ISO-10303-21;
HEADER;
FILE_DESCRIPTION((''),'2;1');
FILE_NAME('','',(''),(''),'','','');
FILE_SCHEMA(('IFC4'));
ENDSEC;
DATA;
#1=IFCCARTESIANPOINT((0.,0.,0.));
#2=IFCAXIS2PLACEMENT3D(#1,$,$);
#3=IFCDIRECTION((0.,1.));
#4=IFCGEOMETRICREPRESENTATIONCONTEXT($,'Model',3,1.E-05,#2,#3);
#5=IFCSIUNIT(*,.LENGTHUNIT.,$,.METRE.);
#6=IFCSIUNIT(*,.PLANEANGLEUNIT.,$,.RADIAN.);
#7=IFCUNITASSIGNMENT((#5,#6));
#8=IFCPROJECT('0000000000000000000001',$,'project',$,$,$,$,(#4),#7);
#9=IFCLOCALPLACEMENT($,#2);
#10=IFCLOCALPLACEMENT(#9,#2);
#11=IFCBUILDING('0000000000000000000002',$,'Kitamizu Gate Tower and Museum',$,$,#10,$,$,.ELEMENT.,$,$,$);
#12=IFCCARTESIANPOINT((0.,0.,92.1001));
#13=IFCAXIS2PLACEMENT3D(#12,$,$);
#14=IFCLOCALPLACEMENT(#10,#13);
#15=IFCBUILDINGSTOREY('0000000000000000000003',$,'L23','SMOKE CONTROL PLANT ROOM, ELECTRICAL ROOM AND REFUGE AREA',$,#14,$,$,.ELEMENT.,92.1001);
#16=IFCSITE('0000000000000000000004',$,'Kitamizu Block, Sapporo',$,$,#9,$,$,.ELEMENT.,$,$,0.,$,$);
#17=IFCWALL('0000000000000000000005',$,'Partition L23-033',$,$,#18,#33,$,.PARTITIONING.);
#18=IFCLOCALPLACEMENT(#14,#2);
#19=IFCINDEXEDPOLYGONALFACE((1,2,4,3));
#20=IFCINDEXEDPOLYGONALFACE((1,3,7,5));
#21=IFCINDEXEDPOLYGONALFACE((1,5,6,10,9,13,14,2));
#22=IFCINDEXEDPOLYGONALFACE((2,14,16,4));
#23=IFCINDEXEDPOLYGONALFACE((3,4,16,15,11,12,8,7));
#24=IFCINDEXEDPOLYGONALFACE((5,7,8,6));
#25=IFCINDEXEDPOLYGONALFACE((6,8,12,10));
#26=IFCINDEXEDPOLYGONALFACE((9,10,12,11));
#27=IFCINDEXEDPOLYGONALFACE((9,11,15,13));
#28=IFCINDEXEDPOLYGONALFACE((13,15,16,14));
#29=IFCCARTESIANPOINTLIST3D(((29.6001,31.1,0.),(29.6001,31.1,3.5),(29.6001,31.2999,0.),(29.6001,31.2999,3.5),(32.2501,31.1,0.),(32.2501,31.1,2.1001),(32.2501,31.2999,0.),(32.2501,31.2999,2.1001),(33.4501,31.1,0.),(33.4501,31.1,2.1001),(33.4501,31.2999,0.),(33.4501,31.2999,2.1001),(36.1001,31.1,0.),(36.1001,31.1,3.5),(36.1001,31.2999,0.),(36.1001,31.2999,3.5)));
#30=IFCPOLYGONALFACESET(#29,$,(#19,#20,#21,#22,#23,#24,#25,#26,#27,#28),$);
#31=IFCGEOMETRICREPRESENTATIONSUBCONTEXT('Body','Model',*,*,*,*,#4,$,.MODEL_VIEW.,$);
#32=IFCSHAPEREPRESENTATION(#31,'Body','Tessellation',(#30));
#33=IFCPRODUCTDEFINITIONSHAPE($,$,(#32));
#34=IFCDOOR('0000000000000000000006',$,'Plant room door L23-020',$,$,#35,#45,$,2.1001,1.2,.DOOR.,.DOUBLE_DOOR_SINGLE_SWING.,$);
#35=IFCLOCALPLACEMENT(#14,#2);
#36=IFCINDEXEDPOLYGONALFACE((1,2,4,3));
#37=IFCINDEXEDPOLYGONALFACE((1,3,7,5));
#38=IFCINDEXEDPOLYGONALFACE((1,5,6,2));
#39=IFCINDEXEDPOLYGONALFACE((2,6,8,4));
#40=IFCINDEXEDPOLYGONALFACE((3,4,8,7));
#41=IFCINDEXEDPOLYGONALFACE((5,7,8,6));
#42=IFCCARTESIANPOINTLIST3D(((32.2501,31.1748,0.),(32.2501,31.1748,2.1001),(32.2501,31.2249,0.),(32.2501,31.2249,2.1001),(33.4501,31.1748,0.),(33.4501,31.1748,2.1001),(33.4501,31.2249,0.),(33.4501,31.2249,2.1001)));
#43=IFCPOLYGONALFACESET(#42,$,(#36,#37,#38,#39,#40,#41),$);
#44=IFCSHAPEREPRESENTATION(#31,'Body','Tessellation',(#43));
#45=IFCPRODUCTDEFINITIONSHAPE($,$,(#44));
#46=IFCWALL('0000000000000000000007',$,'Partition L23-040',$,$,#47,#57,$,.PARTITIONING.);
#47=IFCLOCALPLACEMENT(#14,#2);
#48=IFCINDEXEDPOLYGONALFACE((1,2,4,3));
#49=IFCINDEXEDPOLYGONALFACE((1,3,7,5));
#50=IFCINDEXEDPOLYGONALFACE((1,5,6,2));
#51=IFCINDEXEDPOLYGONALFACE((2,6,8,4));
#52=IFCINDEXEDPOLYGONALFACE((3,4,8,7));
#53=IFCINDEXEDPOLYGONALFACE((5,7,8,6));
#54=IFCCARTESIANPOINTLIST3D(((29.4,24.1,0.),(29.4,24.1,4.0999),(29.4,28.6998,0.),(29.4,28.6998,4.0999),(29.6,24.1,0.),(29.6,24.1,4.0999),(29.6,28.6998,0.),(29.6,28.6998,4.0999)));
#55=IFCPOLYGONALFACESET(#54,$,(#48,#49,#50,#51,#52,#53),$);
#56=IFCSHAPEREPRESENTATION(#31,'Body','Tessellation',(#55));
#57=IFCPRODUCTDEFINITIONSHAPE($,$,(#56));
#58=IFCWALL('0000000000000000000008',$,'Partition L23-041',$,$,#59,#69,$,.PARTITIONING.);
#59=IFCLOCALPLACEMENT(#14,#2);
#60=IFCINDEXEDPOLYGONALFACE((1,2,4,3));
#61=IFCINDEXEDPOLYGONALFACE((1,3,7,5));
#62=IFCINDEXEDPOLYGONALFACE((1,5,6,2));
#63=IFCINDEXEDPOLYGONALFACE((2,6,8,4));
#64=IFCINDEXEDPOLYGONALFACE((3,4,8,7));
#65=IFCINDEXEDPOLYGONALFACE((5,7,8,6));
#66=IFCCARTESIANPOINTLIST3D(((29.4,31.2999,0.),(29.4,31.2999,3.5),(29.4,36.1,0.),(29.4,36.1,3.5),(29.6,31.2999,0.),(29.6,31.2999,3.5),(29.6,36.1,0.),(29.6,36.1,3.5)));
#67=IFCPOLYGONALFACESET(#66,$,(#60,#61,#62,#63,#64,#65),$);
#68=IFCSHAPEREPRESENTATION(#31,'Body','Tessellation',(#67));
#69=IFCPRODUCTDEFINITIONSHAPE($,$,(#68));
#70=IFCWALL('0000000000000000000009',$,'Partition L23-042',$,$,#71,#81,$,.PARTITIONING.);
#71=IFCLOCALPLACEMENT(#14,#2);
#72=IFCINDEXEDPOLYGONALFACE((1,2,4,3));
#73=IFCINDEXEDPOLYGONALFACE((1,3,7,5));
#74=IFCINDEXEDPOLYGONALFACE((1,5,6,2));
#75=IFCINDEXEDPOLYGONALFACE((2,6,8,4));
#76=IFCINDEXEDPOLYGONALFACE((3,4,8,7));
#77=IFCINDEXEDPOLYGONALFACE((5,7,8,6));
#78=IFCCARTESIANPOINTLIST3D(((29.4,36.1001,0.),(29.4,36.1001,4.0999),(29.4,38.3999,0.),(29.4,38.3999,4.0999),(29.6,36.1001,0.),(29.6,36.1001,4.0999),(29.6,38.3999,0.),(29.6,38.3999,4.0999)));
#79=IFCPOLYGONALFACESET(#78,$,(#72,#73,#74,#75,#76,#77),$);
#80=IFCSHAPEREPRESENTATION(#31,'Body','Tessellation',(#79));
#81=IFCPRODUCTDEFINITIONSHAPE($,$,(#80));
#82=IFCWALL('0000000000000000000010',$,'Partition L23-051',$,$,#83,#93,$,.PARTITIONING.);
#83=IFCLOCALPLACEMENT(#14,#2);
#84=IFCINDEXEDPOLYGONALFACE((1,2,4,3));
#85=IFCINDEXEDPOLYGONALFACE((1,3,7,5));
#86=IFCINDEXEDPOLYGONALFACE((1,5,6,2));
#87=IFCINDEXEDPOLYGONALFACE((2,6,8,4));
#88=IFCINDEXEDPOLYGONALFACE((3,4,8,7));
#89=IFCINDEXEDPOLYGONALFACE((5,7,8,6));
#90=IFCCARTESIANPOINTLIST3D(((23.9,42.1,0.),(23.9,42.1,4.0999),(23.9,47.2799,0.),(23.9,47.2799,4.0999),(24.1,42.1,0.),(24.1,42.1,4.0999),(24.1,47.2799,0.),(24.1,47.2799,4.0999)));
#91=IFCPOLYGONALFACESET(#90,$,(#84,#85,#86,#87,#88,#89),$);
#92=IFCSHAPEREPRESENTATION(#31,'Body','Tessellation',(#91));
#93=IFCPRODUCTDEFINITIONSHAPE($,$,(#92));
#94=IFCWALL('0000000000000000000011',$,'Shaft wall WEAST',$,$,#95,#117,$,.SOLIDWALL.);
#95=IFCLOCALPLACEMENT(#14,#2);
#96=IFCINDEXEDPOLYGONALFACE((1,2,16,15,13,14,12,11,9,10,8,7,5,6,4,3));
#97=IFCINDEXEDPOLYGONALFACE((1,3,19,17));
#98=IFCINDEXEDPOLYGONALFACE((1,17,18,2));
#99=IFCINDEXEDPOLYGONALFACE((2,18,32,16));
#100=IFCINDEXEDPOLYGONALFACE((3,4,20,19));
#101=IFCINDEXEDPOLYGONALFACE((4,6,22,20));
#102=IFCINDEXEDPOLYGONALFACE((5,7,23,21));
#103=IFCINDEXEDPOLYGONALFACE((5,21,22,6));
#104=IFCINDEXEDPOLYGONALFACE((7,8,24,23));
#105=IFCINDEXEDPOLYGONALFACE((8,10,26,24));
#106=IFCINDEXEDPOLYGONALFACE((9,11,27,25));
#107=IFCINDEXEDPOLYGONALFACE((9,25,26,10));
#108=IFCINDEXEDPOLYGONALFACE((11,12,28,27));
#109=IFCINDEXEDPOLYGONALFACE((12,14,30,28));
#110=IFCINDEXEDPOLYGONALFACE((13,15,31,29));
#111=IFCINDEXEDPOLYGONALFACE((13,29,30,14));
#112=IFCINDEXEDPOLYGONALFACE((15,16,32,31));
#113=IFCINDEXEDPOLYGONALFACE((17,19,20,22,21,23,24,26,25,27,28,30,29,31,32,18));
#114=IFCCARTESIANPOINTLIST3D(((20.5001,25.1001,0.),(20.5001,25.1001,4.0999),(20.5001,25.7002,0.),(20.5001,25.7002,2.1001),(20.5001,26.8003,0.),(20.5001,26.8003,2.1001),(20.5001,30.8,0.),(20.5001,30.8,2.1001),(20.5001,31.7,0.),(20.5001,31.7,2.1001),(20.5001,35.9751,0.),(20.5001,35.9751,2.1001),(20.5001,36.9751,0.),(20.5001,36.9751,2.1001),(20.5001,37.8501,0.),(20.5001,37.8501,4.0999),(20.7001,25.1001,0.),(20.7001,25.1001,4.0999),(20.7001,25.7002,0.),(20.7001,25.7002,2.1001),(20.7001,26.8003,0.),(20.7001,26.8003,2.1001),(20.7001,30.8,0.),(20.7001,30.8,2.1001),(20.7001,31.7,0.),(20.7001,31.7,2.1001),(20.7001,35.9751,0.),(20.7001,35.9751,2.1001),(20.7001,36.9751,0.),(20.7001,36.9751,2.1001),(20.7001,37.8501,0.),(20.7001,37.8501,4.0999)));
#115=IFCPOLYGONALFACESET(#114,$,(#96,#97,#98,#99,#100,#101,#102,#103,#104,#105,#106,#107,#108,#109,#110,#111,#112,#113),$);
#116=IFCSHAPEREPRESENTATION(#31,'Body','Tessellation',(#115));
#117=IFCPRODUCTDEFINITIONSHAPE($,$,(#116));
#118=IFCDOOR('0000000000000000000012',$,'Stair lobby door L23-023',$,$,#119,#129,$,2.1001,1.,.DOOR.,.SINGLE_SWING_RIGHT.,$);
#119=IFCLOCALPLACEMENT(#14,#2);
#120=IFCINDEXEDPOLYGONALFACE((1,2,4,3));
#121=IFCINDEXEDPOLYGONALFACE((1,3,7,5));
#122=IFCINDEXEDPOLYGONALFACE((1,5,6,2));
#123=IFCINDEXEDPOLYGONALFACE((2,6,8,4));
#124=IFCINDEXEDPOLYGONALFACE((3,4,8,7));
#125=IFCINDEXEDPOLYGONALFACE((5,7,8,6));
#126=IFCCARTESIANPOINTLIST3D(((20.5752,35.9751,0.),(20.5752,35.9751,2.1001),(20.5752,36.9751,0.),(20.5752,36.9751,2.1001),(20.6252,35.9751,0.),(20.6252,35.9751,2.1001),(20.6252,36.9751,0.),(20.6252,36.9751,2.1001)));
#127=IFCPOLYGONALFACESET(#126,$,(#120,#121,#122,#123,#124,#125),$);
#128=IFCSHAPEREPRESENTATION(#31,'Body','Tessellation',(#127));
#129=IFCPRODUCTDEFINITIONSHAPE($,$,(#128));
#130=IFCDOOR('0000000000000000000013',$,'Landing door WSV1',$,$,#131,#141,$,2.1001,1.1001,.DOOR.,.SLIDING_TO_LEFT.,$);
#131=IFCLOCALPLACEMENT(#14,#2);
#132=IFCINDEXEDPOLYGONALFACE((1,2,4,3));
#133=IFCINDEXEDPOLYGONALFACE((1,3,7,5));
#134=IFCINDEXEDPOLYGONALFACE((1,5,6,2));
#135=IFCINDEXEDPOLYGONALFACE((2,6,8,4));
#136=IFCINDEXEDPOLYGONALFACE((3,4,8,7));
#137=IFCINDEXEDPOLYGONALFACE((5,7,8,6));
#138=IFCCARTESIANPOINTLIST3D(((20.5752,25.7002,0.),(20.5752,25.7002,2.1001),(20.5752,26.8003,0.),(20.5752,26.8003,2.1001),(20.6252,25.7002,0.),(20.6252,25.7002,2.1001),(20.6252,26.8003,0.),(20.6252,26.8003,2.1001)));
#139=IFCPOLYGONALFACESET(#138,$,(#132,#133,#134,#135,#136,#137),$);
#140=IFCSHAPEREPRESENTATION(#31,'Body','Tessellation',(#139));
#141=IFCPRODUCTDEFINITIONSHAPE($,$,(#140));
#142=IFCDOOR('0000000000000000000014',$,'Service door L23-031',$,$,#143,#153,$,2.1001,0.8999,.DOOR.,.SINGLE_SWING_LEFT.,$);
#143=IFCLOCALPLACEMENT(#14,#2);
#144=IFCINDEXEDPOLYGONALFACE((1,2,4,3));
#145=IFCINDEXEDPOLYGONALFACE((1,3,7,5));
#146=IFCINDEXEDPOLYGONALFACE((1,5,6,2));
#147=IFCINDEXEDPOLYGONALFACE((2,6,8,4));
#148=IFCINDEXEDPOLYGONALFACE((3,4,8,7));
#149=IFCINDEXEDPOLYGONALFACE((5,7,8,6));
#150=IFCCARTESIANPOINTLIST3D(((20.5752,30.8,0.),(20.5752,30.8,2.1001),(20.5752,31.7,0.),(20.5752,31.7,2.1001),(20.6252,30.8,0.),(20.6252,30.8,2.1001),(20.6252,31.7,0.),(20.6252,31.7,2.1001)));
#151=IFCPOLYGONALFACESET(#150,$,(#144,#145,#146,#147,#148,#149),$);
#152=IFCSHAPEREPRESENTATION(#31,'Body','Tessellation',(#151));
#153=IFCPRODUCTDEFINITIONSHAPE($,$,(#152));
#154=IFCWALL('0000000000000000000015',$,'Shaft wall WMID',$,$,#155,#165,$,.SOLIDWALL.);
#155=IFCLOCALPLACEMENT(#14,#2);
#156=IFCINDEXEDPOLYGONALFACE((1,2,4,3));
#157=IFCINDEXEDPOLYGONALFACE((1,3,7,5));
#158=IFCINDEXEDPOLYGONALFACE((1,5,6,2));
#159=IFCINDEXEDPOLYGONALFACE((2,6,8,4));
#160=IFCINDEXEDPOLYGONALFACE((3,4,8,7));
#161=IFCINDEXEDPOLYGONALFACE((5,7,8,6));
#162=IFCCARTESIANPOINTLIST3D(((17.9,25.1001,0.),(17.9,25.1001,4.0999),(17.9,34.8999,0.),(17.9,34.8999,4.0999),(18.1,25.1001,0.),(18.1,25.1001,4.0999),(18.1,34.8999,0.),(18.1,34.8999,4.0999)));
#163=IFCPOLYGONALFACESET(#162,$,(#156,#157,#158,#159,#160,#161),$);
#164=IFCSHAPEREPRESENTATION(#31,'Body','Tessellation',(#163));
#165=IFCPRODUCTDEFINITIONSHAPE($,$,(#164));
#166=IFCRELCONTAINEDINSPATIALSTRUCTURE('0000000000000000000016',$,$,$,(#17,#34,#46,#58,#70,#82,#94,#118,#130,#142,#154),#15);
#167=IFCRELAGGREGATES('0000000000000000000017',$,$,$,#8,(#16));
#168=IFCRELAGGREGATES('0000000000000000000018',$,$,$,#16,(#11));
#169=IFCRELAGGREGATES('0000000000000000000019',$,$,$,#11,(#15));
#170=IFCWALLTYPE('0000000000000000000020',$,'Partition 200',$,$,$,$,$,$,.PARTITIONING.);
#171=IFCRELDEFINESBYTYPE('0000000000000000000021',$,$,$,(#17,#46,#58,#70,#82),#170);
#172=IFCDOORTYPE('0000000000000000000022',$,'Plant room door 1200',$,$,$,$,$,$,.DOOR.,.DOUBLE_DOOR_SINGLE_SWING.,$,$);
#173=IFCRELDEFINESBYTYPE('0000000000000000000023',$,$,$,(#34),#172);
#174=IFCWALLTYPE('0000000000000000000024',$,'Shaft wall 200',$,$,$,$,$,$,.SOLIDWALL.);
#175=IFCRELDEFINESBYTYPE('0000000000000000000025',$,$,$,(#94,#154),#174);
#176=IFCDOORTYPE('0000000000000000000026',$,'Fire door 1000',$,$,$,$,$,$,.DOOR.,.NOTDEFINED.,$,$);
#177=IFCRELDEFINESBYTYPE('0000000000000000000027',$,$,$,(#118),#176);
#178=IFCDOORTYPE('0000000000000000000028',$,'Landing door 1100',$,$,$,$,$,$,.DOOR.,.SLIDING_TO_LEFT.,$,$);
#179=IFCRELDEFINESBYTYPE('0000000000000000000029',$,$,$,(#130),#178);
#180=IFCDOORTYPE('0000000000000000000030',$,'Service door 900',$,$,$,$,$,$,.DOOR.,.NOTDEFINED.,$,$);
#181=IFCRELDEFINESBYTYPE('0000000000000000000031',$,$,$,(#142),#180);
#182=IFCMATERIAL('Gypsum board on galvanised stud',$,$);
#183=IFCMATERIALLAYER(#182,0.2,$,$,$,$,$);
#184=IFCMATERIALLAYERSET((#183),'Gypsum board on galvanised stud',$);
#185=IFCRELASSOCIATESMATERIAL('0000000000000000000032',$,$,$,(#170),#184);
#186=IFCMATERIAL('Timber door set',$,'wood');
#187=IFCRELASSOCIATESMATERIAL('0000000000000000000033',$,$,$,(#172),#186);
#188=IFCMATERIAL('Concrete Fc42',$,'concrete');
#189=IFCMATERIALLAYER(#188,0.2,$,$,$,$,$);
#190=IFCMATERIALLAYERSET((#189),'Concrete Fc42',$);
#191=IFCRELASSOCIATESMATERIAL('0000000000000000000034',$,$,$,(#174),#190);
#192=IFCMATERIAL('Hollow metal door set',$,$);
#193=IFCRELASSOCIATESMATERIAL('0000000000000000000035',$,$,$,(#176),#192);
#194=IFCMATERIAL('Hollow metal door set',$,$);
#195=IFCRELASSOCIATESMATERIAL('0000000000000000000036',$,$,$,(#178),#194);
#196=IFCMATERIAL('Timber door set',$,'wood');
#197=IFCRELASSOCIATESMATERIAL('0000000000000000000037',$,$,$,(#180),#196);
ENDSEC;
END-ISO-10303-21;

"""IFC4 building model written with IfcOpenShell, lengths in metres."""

from ifc_helpers import new_model, si_unit, direction, frame, frame_2d, origin, place, context, subcontext, project, spatial, rectangle, extrude, material, layer, layer_set, type_object, element, fill, save


model = new_model("IFC4")

# Units and contexts
model_context = context("Model", 3, precision=1e-05, world=origin(), true_north=direction((0.0, 1.0)))
body_context = subcontext(model_context, "Body", "Model", "MODEL_VIEW")
ifc_project = project(units=[si_unit("LENGTHUNIT", "METRE"), si_unit("PLANEANGLEUNIT", "RADIAN")], contexts=[model_context])

# Site, building, storey
site_placement = place(None, origin())
site = spatial("IfcSite", under=ifc_project, at=site_placement, Name="Kitamizu Block, Sapporo", CompositionType="ELEMENT", RefElevation=0.0)
building_placement = place(site_placement, origin())
building = spatial("IfcBuilding", under=site, at=building_placement, Name="Kitamizu Gate Tower and Museum", CompositionType="ELEMENT")
storey_placement = place(building_placement, frame((0.0, 0.0, 92.1001)))
storey = spatial("IfcBuildingStorey", under=building, at=storey_placement, Name="L23", Description="SMOKE CONTROL PLANT ROOM, ELECTRICAL ROOM AND REFUGE AREA", CompositionType="ELEMENT", Elevation=92.1001)

# Shared definitions
ifc_material_1 = material(Name="Gypsum board on galvanised stud")
ifc_layer_1 = layer(ifc_material_1, 0.2)
ifc_layer_set_1 = layer_set([ifc_layer_1], Name="Gypsum board on galvanised stud")
wall_type_1 = type_object("IfcWallType", Name="Partition 200", PredefinedType="PARTITIONING", material=ifc_layer_set_1)

# Shared definitions
ifc_material_2 = material(Name="Timber door set", Category="wood")
door_type_1 = type_object("IfcDoorType", Name="Plant room door 1200", OperationType="DOUBLE_DOOR_SINGLE_SWING", PredefinedType="DOOR", material=ifc_material_2)

# Wall, opening, door
wall_1_placement = place(storey_placement, frame((29.6001, 31.2, 0.0), z_axis=(0.0, 0.0, 1.0), x_axis=(1.0, 0.0, 0.0)))
wall_1 = element("IfcWall", 1, at=wall_1_placement, inside=storey, type_object=wall_type_1, Name="Partition L23-033", PredefinedType="PARTITIONING", context=body_context, shape_type="SweptSolid", body=[
    extrude(rectangle(XDim=6.5, YDim=0.2, at=frame_2d((3.25, 0.0))), origin(), (0.0, 0.0, 1.0), 3.5),
])
opening_1_placement = place(wall_1_placement, frame((2.6499, 0.0, 0.0)))
opening_1 = element("IfcOpeningElement", 2, at=opening_1_placement, cuts=wall_1, PredefinedType="OPENING", context=body_context, shape_type="SweptSolid", body=[
    extrude(rectangle(XDim=1.2, YDim=2.1001, at=frame_2d((0.6001, 1.05))), frame((0.0, 0.1099, 0.0), z_axis=(0.0, -1.0, 0.0), x_axis=(1.0, 0.0, 0.0)), (0.0, 0.0, 1.0), 0.22),
])
door_1_placement = place(opening_1_placement, origin())
door_1 = element("IfcDoor", 3, at=door_1_placement, inside=storey, type_object=door_type_1, Name="Plant room door L23-020", OperationType="DOUBLE_DOOR_SINGLE_SWING", OverallHeight=2.1001, OverallWidth=1.2, PredefinedType="DOOR", context=body_context, shape_type="SweptSolid", body=[
    extrude(rectangle(XDim=1.2, YDim=2.1001, at=frame_2d((0.6001, 1.05))), frame((0.0, 0.0249, 0.0), z_axis=(0.0, -1.0, 0.0), x_axis=(1.0, 0.0, 0.0)), (0.0, 0.0, 1.0), 0.05),
])
fill(opening_1, door_1)

# Walls
wall_2_placement = place(storey_placement, frame((29.5, 24.1001, 0.0), z_axis=(0.0, 0.0, 1.0), x_axis=(0.0, 1.0, 0.0)))
element("IfcWall", 4, at=wall_2_placement, inside=storey, type_object=wall_type_1, Name="Partition L23-040", PredefinedType="PARTITIONING", context=body_context, shape_type="SweptSolid", body=[
    extrude(rectangle(XDim=4.5999, YDim=0.2, at=frame_2d((2.2998, 0.0))), origin(), (0.0, 0.0, 1.0), 4.0999),
])
wall_3_placement = place(storey_placement, frame((29.5, 31.3, 0.0), z_axis=(0.0, 0.0, 1.0), x_axis=(0.0, 1.0, 0.0)))
element("IfcWall", 5, at=wall_3_placement, inside=storey, type_object=wall_type_1, Name="Partition L23-041", PredefinedType="PARTITIONING", context=body_context, shape_type="SweptSolid", body=[
    extrude(rectangle(XDim=4.8, YDim=0.2, at=frame_2d((2.3999, 0.0))), origin(), (0.0, 0.0, 1.0), 3.5),
])
wall_4_placement = place(storey_placement, frame((29.5, 36.1001, 0.0), z_axis=(0.0, 0.0, 1.0), x_axis=(0.0, 1.0, 0.0)))
element("IfcWall", 6, at=wall_4_placement, inside=storey, type_object=wall_type_1, Name="Partition L23-042", PredefinedType="PARTITIONING", context=body_context, shape_type="SweptSolid", body=[
    extrude(rectangle(XDim=2.2998, YDim=0.2, at=frame_2d((1.1499, 0.0))), origin(), (0.0, 0.0, 1.0), 4.0999),
])
wall_5_placement = place(storey_placement, frame((24.0, 42.1001, 0.0), z_axis=(0.0, 0.0, 1.0), x_axis=(0.0, 1.0, 0.0)))
element("IfcWall", 7, at=wall_5_placement, inside=storey, type_object=wall_type_1, Name="Partition L23-051", PredefinedType="PARTITIONING", context=body_context, shape_type="SweptSolid", body=[
    extrude(rectangle(XDim=5.1799, YDim=0.2, at=frame_2d((2.5898, 0.0))), origin(), (0.0, 0.0, 1.0), 4.0999),
])

# Wall, openings, doors
ifc_material_3 = material(Name="Concrete Fc42", Category="concrete")
ifc_layer_2 = layer(ifc_material_3, 0.2)
ifc_layer_set_2 = layer_set([ifc_layer_2], Name="Concrete Fc42")
wall_type_2 = type_object("IfcWallType", Name="Shaft wall 200", PredefinedType="SOLIDWALL", material=ifc_layer_set_2)
wall_6_placement = place(storey_placement, frame((20.6001, 25.1001, 0.0), z_axis=(0.0, 0.0, 1.0), x_axis=(0.0, 1.0, 0.0)))
wall_6 = element("IfcWall", 8, at=wall_6_placement, inside=storey, type_object=wall_type_2, Name="Shaft wall WEAST", PredefinedType="SOLIDWALL", context=body_context, shape_type="SweptSolid", body=[
    extrude(rectangle(XDim=12.75, YDim=0.2, at=frame_2d((6.375, 0.0))), origin(), (0.0, 0.0, 1.0), 4.0999),
])
opening_2_placement = place(wall_6_placement, frame((0.6001, 0.0, 0.0)))
opening_2 = element("IfcOpeningElement", 9, at=opening_2_placement, cuts=wall_6, PredefinedType="OPENING", context=body_context, shape_type="SweptSolid", body=[
    extrude(rectangle(XDim=1.1001, YDim=2.1001, at=frame_2d((0.55, 1.05))), frame((0.0, 0.1099, 0.0), z_axis=(0.0, -1.0, 0.0), x_axis=(1.0, 0.0, 0.0)), (0.0, 0.0, 1.0), 0.22),
])
opening_3_placement = place(wall_6_placement, frame((10.875, 0.0, 0.0)))
opening_3 = element("IfcOpeningElement", 10, at=opening_3_placement, cuts=wall_6, PredefinedType="OPENING", context=body_context, shape_type="SweptSolid", body=[
    extrude(rectangle(XDim=1.0, YDim=2.1001, at=frame_2d((0.5, 1.05))), frame((0.0, 0.1099, 0.0), z_axis=(0.0, -1.0, 0.0), x_axis=(1.0, 0.0, 0.0)), (0.0, 0.0, 1.0), 0.22),
])
opening_4_placement = place(wall_6_placement, frame((5.7, 0.0, 0.0)))
opening_4 = element("IfcOpeningElement", 11, at=opening_4_placement, cuts=wall_6, PredefinedType="OPENING", context=body_context, shape_type="SweptSolid", body=[
    extrude(rectangle(XDim=0.8999, YDim=2.1001, at=frame_2d((0.45, 1.05))), frame((0.0, 0.1099, 0.0), z_axis=(0.0, -1.0, 0.0), x_axis=(1.0, 0.0, 0.0)), (0.0, 0.0, 1.0), 0.22),
])
ifc_material_4 = material(Name="Hollow metal door set")
door_type_2 = type_object("IfcDoorType", Name="Fire door 1000", OperationType="NOTDEFINED", PredefinedType="DOOR", material=ifc_material_4)
door_2_placement = place(opening_3_placement, origin())
door_2 = element("IfcDoor", 12, at=door_2_placement, inside=storey, type_object=door_type_2, Name="Stair lobby door L23-023", OperationType="SINGLE_SWING_RIGHT", OverallHeight=2.1001, OverallWidth=1.0, PredefinedType="DOOR", context=body_context, shape_type="SweptSolid", body=[
    extrude(rectangle(XDim=1.0, YDim=2.1001, at=frame_2d((0.5, 1.05))), frame((0.0, 0.0249, 0.0), z_axis=(0.0, -1.0, 0.0), x_axis=(1.0, 0.0, 0.0)), (0.0, 0.0, 1.0), 0.05),
])
fill(opening_3, door_2)
ifc_material_5 = material(Name="Hollow metal door set")
door_type_3 = type_object("IfcDoorType", Name="Landing door 1100", OperationType="SLIDING_TO_LEFT", PredefinedType="DOOR", material=ifc_material_5)
door_3_placement = place(opening_2_placement, origin())
door_3 = element("IfcDoor", 13, at=door_3_placement, inside=storey, type_object=door_type_3, Name="Landing door WSV1", OperationType="SLIDING_TO_LEFT", OverallHeight=2.1001, OverallWidth=1.1001, PredefinedType="DOOR", context=body_context, shape_type="SweptSolid", body=[
    extrude(rectangle(XDim=1.1001, YDim=2.1001, at=frame_2d((0.55, 1.05))), frame((0.0, 0.0249, 0.0), z_axis=(0.0, -1.0, 0.0), x_axis=(1.0, 0.0, 0.0)), (0.0, 0.0, 1.0), 0.05),
])
fill(opening_2, door_3)
ifc_material_6 = material(Name="Timber door set", Category="wood")
door_type_4 = type_object("IfcDoorType", Name="Service door 900", OperationType="NOTDEFINED", PredefinedType="DOOR", material=ifc_material_6)
door_4_placement = place(opening_4_placement, origin())
door_4 = element("IfcDoor", 14, at=door_4_placement, inside=storey, type_object=door_type_4, Name="Service door L23-031", OperationType="SINGLE_SWING_LEFT", OverallHeight=2.1001, OverallWidth=0.8999, PredefinedType="DOOR", context=body_context, shape_type="SweptSolid", body=[
    extrude(rectangle(XDim=0.8999, YDim=2.1001, at=frame_2d((0.45, 1.05))), frame((0.0, 0.0249, 0.0), z_axis=(0.0, -1.0, 0.0), x_axis=(1.0, 0.0, 0.0)), (0.0, 0.0, 1.0), 0.05),
])
fill(opening_4, door_4)

# Wall
wall_7_placement = place(storey_placement, frame((18.0, 25.1001, 0.0), z_axis=(0.0, 0.0, 1.0), x_axis=(0.0, 1.0, 0.0)))
element("IfcWall", 15, at=wall_7_placement, inside=storey, type_object=wall_type_2, Name="Shaft wall WMID", PredefinedType="SOLIDWALL", context=body_context, shape_type="SweptSolid", body=[
    extrude(rectangle(XDim=9.7998, YDim=0.2, at=frame_2d((4.8999, 0.0))), origin(), (0.0, 0.0, 1.0), 4.0999),
])

save(model, "model.ifc")
